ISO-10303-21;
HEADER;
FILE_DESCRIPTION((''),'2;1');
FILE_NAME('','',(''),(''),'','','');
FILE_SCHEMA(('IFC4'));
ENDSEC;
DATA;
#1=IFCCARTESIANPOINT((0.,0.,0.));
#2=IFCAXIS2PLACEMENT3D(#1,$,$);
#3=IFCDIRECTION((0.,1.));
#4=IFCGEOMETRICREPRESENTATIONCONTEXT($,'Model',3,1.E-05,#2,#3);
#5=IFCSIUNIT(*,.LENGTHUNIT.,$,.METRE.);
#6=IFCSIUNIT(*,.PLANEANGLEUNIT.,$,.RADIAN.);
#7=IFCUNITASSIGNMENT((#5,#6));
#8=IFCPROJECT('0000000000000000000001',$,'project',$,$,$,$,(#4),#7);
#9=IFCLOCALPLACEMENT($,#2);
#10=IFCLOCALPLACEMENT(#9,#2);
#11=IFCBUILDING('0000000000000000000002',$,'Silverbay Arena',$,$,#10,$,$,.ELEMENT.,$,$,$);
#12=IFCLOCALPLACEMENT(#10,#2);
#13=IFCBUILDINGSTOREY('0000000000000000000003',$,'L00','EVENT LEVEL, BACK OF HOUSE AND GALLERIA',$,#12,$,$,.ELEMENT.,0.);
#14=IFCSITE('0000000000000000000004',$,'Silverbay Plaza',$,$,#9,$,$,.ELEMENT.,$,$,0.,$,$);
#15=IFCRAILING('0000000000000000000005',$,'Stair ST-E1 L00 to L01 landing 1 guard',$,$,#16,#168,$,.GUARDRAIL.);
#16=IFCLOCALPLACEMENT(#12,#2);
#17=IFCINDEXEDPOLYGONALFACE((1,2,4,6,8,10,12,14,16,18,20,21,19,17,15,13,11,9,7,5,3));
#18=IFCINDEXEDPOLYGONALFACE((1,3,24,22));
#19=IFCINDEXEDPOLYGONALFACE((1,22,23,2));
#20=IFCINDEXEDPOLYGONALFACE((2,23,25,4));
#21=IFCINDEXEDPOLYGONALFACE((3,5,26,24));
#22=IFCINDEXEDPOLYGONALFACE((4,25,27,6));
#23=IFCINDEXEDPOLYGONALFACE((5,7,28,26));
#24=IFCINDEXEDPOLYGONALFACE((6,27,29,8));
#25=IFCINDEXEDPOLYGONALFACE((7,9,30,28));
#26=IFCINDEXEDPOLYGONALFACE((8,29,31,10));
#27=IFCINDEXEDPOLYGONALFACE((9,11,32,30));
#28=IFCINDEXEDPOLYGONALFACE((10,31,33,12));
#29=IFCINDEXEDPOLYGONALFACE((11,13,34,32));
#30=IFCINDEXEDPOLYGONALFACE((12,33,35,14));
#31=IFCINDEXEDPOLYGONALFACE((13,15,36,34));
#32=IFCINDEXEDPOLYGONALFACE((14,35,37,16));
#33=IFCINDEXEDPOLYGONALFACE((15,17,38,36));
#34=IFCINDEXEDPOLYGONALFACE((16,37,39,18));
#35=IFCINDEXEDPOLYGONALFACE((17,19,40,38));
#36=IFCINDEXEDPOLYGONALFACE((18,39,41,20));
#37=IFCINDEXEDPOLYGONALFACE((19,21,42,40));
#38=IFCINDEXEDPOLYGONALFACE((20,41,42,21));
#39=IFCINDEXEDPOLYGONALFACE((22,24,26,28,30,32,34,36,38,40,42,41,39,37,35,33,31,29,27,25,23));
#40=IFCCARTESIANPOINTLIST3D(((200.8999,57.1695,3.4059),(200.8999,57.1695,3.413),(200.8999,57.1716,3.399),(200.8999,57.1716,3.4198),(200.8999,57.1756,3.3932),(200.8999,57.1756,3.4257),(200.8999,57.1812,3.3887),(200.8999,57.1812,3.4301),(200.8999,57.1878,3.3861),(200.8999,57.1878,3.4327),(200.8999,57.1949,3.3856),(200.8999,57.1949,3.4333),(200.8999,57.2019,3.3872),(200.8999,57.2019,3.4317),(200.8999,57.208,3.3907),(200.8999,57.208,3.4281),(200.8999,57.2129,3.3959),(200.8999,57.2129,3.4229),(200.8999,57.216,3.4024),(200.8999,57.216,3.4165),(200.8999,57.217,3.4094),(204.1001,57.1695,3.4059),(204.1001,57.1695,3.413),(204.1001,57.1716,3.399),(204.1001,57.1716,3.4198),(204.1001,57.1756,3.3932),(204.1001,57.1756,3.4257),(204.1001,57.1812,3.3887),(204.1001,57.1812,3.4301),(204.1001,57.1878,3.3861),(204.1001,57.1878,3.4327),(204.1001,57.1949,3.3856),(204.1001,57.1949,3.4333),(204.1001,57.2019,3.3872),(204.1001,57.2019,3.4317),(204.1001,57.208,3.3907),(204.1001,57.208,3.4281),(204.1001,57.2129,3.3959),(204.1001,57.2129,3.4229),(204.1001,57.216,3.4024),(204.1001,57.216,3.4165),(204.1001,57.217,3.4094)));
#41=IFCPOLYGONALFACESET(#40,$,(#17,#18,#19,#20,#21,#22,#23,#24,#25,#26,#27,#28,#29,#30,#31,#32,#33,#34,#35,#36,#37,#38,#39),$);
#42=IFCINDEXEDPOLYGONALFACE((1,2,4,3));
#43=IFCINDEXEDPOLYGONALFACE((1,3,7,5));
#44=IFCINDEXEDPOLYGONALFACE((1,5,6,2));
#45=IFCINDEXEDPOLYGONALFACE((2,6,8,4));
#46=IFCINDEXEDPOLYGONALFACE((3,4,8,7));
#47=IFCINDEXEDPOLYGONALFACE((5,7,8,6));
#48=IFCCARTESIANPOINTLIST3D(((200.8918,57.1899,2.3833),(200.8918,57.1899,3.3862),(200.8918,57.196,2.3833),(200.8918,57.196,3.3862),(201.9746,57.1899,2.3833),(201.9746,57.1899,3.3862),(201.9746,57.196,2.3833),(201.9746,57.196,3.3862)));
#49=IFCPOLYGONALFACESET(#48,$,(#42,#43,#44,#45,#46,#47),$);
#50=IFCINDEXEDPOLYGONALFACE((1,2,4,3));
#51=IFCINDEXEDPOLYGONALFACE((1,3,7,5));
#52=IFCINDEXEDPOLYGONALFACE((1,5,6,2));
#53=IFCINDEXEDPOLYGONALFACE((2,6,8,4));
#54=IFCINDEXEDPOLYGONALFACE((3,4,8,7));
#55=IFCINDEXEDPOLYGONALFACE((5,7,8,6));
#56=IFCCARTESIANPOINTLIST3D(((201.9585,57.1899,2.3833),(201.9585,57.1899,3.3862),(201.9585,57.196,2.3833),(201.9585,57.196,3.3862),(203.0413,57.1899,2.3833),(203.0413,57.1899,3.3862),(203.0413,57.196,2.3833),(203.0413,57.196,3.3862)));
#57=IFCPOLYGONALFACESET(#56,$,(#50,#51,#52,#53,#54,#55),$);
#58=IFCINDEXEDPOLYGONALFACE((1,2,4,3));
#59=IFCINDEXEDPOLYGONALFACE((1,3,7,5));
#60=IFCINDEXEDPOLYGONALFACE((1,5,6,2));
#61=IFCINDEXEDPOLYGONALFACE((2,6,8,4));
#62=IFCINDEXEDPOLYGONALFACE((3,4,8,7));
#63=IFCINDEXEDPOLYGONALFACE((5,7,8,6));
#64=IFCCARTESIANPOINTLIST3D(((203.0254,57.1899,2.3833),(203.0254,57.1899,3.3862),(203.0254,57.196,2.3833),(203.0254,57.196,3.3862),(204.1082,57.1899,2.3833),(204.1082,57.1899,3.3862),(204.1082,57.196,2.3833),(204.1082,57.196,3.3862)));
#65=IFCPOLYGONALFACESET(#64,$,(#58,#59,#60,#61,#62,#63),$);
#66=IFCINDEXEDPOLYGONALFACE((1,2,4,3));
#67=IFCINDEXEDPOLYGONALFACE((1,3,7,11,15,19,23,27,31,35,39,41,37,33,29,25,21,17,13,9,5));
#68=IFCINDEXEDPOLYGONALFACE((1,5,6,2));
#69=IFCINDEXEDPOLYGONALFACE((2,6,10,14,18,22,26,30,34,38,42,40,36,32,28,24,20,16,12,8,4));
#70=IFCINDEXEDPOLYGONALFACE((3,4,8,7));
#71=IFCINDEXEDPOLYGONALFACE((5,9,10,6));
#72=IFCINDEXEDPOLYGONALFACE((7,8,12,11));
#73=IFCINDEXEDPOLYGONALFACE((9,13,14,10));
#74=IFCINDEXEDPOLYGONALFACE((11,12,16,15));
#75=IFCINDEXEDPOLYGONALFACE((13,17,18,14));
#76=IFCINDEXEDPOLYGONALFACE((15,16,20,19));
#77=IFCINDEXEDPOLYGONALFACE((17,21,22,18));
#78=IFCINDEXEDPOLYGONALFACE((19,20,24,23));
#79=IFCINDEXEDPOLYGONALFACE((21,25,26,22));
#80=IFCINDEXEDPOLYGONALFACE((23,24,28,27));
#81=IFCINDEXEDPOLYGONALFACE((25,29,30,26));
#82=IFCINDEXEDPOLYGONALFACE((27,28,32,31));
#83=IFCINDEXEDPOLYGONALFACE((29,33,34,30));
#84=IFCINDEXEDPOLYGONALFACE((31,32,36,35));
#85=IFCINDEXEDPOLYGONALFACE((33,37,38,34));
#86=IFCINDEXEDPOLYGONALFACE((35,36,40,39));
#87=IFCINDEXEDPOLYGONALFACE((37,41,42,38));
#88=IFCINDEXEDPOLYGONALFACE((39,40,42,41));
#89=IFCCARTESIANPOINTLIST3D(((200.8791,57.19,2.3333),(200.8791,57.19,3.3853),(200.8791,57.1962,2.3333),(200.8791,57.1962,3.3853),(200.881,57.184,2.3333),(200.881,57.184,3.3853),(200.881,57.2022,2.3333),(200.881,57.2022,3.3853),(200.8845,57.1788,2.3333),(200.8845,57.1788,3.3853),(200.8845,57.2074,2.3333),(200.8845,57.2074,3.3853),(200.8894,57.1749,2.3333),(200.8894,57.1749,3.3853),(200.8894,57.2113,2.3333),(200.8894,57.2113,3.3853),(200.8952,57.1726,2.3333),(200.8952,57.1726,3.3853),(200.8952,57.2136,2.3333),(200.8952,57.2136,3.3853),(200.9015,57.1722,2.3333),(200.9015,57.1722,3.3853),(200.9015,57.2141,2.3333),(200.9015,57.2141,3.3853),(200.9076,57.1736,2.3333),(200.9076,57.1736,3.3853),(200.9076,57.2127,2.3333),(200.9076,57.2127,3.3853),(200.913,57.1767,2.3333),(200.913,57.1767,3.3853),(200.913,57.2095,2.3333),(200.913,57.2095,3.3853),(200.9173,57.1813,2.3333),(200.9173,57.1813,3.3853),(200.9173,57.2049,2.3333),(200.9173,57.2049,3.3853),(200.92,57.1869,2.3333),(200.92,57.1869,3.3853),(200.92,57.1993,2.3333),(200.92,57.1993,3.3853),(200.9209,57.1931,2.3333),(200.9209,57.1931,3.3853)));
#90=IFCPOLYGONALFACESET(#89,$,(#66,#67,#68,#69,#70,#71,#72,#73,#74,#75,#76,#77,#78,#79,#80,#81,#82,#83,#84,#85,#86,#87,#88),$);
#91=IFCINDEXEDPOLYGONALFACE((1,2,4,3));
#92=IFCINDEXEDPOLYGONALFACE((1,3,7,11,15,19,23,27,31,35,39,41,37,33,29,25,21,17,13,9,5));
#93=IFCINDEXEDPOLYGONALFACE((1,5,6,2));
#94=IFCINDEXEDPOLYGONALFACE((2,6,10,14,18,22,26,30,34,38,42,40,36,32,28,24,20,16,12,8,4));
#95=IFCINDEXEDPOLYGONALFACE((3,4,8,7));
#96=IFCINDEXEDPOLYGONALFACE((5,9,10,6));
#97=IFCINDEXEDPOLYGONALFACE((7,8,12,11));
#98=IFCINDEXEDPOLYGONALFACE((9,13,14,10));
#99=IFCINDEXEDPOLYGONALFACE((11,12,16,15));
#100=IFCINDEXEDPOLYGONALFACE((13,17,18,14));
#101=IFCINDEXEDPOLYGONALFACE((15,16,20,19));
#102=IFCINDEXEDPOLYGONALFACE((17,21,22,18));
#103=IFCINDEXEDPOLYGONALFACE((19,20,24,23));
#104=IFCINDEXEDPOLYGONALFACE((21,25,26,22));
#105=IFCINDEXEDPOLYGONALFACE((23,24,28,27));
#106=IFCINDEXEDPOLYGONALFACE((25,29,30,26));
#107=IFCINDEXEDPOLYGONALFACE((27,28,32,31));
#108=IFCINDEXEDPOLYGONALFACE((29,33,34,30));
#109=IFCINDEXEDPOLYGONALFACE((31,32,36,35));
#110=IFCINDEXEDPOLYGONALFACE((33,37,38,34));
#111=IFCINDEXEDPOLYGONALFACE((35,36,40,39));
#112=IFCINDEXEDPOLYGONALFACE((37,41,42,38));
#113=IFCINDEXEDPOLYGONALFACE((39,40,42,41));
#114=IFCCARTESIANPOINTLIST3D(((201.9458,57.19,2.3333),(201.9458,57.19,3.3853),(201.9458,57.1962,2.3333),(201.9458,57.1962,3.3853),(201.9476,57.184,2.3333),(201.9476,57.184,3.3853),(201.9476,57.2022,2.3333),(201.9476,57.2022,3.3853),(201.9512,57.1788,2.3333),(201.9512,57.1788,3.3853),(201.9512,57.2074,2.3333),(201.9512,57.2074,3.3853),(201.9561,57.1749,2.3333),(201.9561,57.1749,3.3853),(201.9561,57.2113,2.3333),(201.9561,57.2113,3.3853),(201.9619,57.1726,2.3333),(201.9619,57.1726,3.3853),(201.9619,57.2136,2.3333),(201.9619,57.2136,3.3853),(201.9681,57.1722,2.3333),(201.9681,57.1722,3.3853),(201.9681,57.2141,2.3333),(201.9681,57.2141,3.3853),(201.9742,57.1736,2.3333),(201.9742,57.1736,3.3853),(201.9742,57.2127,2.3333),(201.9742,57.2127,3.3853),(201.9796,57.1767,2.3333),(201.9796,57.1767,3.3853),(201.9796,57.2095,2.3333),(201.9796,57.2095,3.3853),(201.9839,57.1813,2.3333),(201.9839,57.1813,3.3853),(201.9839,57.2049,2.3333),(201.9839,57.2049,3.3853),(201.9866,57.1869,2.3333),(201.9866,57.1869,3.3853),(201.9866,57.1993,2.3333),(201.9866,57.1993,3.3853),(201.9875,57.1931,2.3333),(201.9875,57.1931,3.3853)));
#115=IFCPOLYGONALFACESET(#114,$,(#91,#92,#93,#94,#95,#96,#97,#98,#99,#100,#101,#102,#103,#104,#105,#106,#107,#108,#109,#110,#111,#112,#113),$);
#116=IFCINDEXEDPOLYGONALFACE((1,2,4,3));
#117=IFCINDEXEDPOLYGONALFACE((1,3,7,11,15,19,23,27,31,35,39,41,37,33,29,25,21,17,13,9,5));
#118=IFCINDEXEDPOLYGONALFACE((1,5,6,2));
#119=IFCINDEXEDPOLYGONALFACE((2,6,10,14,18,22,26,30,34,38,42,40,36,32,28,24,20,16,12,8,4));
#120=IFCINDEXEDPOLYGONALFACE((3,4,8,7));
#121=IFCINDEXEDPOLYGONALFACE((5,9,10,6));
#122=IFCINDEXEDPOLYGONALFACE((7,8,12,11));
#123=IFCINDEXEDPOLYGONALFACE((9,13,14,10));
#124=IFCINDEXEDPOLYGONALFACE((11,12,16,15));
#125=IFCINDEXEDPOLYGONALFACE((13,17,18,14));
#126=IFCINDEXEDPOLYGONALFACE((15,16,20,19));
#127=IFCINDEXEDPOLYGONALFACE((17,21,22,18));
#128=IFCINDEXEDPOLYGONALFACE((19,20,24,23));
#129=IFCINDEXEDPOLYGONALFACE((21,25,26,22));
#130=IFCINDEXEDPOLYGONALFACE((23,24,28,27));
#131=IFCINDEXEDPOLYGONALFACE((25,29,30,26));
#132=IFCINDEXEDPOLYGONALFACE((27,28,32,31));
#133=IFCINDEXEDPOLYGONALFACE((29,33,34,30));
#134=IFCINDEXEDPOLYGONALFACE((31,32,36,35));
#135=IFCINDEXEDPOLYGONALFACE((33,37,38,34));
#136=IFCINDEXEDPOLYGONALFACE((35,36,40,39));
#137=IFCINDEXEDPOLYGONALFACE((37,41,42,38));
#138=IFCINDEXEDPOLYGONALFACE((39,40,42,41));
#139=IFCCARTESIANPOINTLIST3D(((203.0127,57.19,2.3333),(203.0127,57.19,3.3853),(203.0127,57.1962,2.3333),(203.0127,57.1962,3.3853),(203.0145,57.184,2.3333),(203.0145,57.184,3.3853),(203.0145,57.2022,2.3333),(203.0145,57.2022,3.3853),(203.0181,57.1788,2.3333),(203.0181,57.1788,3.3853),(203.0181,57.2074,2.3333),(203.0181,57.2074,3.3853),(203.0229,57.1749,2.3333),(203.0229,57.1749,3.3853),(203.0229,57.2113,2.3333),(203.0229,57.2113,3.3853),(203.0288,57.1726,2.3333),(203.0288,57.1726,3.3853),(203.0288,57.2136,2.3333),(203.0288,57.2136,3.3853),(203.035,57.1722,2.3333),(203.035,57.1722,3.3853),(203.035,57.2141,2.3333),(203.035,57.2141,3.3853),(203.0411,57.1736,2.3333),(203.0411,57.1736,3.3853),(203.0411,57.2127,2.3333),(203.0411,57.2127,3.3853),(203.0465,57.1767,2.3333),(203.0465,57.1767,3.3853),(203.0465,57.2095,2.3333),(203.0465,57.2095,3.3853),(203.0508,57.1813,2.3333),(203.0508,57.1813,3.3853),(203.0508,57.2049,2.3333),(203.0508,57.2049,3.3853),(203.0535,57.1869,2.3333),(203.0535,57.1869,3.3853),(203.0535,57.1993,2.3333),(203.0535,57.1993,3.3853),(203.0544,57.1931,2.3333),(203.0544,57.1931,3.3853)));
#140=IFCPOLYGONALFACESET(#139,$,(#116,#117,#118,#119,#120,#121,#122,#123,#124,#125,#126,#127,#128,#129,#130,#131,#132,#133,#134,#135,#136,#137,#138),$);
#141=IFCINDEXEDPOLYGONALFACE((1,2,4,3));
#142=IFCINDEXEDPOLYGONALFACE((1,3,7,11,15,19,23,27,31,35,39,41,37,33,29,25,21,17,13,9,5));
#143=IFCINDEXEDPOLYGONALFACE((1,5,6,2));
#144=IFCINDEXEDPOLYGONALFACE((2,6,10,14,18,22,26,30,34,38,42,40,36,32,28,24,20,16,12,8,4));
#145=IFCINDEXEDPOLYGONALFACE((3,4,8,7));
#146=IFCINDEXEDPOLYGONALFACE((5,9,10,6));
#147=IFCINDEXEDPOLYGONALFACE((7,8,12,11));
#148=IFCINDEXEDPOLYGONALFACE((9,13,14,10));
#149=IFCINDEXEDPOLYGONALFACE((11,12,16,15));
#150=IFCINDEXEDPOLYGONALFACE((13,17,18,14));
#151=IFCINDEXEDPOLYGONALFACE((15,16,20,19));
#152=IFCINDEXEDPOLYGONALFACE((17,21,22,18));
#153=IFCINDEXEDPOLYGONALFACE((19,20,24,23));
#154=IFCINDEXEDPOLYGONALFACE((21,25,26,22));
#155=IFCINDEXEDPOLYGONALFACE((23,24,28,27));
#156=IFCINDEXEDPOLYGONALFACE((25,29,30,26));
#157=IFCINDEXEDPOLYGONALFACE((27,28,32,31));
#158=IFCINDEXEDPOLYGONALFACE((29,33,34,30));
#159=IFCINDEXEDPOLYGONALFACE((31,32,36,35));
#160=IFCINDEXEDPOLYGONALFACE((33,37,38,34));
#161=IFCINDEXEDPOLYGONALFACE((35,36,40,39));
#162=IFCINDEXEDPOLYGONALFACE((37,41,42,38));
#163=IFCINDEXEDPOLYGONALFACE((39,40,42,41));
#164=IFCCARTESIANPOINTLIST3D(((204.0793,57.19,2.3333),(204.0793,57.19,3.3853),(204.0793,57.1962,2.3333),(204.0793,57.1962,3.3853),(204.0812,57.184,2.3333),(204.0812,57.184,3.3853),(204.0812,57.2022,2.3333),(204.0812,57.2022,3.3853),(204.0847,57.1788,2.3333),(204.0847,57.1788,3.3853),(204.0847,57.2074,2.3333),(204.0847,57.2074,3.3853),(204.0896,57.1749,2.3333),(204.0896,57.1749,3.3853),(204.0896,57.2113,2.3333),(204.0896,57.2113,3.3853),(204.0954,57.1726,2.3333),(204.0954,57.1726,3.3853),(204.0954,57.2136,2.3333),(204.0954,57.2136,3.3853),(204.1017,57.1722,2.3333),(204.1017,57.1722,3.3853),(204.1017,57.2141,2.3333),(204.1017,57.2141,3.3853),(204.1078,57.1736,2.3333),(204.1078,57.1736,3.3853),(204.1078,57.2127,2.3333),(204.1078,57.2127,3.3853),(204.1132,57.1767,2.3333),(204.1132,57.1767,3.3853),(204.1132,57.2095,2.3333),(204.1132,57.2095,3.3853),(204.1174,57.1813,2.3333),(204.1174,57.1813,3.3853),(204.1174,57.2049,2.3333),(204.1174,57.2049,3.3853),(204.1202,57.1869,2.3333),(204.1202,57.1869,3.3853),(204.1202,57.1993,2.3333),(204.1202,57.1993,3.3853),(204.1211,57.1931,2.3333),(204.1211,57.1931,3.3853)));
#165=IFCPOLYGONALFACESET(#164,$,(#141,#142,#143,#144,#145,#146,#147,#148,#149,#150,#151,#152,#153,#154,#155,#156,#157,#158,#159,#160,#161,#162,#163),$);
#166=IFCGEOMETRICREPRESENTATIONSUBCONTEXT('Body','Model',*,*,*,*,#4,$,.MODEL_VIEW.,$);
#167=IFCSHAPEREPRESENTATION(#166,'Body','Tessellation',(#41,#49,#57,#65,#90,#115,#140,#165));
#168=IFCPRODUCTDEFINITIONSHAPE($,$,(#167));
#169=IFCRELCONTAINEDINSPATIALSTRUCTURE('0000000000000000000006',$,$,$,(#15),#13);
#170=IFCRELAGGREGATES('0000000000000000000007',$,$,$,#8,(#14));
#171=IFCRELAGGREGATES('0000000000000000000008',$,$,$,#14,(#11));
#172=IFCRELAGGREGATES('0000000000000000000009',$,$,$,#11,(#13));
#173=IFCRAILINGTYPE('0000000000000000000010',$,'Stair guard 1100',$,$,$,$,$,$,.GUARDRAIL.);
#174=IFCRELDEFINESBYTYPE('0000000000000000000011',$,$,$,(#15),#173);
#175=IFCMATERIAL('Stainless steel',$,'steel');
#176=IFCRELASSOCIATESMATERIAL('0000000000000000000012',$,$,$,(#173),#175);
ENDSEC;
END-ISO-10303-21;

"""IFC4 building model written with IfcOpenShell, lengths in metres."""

from ifc_helpers import new_model, si_unit, direction, frame, origin, origin_2d, place, context, subcontext, project, spatial, polyline, circle, outline, extrude, material, type_object, element, save


model = new_model("IFC4")

# Units and contexts
model_context = context("Model", 3, precision=1e-05, world=origin(), true_north=direction((0.0, 1.0)))
body_context = subcontext(model_context, "Body", "Model", "MODEL_VIEW")
ifc_project = project(units=[si_unit("LENGTHUNIT", "METRE"), si_unit("PLANEANGLEUNIT", "RADIAN")], contexts=[model_context])

# Site, building, storey
site_placement = place(None, origin())
site = spatial("IfcSite", under=ifc_project, at=site_placement, Name="Silverbay Plaza", CompositionType="ELEMENT", RefElevation=0.0)
building_placement = place(site_placement, origin())
building = spatial("IfcBuilding", under=site, at=building_placement, Name="Silverbay Arena", CompositionType="ELEMENT")
storey_placement = place(building_placement, origin())
storey = spatial("IfcBuildingStorey", under=building, at=storey_placement, Name="L00", Description="EVENT LEVEL, BACK OF HOUSE AND GALLERIA", CompositionType="ELEMENT", Elevation=0.0)

# Railing
ifc_material_1 = material(Name="Stainless steel", Category="steel")
railing_type_1 = type_object("IfcRailingType", Name="Stair guard 1100", PredefinedType="GUARDRAIL", material=ifc_material_1)
for number, where, name in (
    (1, (200.8999, 57.1931, 2.3333), "Stair ST-E1 L00 to L01 landing 1 guard"),
):
    element("IfcRailing", number, at=place(storey_placement, frame(where)), inside=storey, type_object=railing_type_1, Name=name, PredefinedType="GUARDRAIL", context=body_context, shape_type="SweptSolid", body=[
        extrude(circle(Radius=0.0239, at=origin_2d()), frame((0.0, 0.0, 1.0762), z_axis=(1.0, 0.0, 0.0), x_axis=(0.0, 1.0, 0.0)), (0.0, 0.0, 1.0), 3.2002),
        extrude(outline(polyline([(-0.0081, 0.05), (1.0747, 0.05), (1.0747, 1.053), (-0.0081, 1.053), (-0.0081, 0.05)])), frame((0.0, 0.0029, 0.0), z_axis=(0.0, -1.0, 0.0), x_axis=(1.0, 0.0, 0.0)), (0.0, 0.0, 1.0), 0.0061),
        extrude(outline(polyline([(-0.0081, 0.05), (1.0747, 0.05), (1.0747, 1.053), (-0.0081, 1.053), (-0.0081, 0.05)])), frame((1.0667, 0.0029, 0.0), z_axis=(0.0, -1.0, 0.0), x_axis=(1.0, 0.0, 0.0)), (0.0, 0.0, 1.0), 0.0061),
        extrude(outline(polyline([(-0.0081, 0.05), (1.0747, 0.05), (1.0747, 1.053), (-0.0081, 1.053), (-0.0081, 0.05)])), frame((2.1335, 0.0029, 0.0), z_axis=(0.0, -1.0, 0.0), x_axis=(1.0, 0.0, 0.0)), (0.0, 0.0, 1.0), 0.0061),
        extrude(circle(Radius=0.021, at=origin_2d()), origin(), (0.0, 0.0, 1.0), 1.052),
        extrude(circle(Radius=0.021, at=origin_2d()), frame((1.0667, 0.0, 0.0)), (0.0, 0.0, 1.0), 1.052),
        extrude(circle(Radius=0.021, at=origin_2d()), frame((2.1335, 0.0, 0.0)), (0.0, 0.0, 1.0), 1.052),
        extrude(circle(Radius=0.021, at=origin_2d()), frame((3.2002, 0.0, 0.0)), (0.0, 0.0, 1.0), 1.052),
    ])

save(model, "model.ifc")
